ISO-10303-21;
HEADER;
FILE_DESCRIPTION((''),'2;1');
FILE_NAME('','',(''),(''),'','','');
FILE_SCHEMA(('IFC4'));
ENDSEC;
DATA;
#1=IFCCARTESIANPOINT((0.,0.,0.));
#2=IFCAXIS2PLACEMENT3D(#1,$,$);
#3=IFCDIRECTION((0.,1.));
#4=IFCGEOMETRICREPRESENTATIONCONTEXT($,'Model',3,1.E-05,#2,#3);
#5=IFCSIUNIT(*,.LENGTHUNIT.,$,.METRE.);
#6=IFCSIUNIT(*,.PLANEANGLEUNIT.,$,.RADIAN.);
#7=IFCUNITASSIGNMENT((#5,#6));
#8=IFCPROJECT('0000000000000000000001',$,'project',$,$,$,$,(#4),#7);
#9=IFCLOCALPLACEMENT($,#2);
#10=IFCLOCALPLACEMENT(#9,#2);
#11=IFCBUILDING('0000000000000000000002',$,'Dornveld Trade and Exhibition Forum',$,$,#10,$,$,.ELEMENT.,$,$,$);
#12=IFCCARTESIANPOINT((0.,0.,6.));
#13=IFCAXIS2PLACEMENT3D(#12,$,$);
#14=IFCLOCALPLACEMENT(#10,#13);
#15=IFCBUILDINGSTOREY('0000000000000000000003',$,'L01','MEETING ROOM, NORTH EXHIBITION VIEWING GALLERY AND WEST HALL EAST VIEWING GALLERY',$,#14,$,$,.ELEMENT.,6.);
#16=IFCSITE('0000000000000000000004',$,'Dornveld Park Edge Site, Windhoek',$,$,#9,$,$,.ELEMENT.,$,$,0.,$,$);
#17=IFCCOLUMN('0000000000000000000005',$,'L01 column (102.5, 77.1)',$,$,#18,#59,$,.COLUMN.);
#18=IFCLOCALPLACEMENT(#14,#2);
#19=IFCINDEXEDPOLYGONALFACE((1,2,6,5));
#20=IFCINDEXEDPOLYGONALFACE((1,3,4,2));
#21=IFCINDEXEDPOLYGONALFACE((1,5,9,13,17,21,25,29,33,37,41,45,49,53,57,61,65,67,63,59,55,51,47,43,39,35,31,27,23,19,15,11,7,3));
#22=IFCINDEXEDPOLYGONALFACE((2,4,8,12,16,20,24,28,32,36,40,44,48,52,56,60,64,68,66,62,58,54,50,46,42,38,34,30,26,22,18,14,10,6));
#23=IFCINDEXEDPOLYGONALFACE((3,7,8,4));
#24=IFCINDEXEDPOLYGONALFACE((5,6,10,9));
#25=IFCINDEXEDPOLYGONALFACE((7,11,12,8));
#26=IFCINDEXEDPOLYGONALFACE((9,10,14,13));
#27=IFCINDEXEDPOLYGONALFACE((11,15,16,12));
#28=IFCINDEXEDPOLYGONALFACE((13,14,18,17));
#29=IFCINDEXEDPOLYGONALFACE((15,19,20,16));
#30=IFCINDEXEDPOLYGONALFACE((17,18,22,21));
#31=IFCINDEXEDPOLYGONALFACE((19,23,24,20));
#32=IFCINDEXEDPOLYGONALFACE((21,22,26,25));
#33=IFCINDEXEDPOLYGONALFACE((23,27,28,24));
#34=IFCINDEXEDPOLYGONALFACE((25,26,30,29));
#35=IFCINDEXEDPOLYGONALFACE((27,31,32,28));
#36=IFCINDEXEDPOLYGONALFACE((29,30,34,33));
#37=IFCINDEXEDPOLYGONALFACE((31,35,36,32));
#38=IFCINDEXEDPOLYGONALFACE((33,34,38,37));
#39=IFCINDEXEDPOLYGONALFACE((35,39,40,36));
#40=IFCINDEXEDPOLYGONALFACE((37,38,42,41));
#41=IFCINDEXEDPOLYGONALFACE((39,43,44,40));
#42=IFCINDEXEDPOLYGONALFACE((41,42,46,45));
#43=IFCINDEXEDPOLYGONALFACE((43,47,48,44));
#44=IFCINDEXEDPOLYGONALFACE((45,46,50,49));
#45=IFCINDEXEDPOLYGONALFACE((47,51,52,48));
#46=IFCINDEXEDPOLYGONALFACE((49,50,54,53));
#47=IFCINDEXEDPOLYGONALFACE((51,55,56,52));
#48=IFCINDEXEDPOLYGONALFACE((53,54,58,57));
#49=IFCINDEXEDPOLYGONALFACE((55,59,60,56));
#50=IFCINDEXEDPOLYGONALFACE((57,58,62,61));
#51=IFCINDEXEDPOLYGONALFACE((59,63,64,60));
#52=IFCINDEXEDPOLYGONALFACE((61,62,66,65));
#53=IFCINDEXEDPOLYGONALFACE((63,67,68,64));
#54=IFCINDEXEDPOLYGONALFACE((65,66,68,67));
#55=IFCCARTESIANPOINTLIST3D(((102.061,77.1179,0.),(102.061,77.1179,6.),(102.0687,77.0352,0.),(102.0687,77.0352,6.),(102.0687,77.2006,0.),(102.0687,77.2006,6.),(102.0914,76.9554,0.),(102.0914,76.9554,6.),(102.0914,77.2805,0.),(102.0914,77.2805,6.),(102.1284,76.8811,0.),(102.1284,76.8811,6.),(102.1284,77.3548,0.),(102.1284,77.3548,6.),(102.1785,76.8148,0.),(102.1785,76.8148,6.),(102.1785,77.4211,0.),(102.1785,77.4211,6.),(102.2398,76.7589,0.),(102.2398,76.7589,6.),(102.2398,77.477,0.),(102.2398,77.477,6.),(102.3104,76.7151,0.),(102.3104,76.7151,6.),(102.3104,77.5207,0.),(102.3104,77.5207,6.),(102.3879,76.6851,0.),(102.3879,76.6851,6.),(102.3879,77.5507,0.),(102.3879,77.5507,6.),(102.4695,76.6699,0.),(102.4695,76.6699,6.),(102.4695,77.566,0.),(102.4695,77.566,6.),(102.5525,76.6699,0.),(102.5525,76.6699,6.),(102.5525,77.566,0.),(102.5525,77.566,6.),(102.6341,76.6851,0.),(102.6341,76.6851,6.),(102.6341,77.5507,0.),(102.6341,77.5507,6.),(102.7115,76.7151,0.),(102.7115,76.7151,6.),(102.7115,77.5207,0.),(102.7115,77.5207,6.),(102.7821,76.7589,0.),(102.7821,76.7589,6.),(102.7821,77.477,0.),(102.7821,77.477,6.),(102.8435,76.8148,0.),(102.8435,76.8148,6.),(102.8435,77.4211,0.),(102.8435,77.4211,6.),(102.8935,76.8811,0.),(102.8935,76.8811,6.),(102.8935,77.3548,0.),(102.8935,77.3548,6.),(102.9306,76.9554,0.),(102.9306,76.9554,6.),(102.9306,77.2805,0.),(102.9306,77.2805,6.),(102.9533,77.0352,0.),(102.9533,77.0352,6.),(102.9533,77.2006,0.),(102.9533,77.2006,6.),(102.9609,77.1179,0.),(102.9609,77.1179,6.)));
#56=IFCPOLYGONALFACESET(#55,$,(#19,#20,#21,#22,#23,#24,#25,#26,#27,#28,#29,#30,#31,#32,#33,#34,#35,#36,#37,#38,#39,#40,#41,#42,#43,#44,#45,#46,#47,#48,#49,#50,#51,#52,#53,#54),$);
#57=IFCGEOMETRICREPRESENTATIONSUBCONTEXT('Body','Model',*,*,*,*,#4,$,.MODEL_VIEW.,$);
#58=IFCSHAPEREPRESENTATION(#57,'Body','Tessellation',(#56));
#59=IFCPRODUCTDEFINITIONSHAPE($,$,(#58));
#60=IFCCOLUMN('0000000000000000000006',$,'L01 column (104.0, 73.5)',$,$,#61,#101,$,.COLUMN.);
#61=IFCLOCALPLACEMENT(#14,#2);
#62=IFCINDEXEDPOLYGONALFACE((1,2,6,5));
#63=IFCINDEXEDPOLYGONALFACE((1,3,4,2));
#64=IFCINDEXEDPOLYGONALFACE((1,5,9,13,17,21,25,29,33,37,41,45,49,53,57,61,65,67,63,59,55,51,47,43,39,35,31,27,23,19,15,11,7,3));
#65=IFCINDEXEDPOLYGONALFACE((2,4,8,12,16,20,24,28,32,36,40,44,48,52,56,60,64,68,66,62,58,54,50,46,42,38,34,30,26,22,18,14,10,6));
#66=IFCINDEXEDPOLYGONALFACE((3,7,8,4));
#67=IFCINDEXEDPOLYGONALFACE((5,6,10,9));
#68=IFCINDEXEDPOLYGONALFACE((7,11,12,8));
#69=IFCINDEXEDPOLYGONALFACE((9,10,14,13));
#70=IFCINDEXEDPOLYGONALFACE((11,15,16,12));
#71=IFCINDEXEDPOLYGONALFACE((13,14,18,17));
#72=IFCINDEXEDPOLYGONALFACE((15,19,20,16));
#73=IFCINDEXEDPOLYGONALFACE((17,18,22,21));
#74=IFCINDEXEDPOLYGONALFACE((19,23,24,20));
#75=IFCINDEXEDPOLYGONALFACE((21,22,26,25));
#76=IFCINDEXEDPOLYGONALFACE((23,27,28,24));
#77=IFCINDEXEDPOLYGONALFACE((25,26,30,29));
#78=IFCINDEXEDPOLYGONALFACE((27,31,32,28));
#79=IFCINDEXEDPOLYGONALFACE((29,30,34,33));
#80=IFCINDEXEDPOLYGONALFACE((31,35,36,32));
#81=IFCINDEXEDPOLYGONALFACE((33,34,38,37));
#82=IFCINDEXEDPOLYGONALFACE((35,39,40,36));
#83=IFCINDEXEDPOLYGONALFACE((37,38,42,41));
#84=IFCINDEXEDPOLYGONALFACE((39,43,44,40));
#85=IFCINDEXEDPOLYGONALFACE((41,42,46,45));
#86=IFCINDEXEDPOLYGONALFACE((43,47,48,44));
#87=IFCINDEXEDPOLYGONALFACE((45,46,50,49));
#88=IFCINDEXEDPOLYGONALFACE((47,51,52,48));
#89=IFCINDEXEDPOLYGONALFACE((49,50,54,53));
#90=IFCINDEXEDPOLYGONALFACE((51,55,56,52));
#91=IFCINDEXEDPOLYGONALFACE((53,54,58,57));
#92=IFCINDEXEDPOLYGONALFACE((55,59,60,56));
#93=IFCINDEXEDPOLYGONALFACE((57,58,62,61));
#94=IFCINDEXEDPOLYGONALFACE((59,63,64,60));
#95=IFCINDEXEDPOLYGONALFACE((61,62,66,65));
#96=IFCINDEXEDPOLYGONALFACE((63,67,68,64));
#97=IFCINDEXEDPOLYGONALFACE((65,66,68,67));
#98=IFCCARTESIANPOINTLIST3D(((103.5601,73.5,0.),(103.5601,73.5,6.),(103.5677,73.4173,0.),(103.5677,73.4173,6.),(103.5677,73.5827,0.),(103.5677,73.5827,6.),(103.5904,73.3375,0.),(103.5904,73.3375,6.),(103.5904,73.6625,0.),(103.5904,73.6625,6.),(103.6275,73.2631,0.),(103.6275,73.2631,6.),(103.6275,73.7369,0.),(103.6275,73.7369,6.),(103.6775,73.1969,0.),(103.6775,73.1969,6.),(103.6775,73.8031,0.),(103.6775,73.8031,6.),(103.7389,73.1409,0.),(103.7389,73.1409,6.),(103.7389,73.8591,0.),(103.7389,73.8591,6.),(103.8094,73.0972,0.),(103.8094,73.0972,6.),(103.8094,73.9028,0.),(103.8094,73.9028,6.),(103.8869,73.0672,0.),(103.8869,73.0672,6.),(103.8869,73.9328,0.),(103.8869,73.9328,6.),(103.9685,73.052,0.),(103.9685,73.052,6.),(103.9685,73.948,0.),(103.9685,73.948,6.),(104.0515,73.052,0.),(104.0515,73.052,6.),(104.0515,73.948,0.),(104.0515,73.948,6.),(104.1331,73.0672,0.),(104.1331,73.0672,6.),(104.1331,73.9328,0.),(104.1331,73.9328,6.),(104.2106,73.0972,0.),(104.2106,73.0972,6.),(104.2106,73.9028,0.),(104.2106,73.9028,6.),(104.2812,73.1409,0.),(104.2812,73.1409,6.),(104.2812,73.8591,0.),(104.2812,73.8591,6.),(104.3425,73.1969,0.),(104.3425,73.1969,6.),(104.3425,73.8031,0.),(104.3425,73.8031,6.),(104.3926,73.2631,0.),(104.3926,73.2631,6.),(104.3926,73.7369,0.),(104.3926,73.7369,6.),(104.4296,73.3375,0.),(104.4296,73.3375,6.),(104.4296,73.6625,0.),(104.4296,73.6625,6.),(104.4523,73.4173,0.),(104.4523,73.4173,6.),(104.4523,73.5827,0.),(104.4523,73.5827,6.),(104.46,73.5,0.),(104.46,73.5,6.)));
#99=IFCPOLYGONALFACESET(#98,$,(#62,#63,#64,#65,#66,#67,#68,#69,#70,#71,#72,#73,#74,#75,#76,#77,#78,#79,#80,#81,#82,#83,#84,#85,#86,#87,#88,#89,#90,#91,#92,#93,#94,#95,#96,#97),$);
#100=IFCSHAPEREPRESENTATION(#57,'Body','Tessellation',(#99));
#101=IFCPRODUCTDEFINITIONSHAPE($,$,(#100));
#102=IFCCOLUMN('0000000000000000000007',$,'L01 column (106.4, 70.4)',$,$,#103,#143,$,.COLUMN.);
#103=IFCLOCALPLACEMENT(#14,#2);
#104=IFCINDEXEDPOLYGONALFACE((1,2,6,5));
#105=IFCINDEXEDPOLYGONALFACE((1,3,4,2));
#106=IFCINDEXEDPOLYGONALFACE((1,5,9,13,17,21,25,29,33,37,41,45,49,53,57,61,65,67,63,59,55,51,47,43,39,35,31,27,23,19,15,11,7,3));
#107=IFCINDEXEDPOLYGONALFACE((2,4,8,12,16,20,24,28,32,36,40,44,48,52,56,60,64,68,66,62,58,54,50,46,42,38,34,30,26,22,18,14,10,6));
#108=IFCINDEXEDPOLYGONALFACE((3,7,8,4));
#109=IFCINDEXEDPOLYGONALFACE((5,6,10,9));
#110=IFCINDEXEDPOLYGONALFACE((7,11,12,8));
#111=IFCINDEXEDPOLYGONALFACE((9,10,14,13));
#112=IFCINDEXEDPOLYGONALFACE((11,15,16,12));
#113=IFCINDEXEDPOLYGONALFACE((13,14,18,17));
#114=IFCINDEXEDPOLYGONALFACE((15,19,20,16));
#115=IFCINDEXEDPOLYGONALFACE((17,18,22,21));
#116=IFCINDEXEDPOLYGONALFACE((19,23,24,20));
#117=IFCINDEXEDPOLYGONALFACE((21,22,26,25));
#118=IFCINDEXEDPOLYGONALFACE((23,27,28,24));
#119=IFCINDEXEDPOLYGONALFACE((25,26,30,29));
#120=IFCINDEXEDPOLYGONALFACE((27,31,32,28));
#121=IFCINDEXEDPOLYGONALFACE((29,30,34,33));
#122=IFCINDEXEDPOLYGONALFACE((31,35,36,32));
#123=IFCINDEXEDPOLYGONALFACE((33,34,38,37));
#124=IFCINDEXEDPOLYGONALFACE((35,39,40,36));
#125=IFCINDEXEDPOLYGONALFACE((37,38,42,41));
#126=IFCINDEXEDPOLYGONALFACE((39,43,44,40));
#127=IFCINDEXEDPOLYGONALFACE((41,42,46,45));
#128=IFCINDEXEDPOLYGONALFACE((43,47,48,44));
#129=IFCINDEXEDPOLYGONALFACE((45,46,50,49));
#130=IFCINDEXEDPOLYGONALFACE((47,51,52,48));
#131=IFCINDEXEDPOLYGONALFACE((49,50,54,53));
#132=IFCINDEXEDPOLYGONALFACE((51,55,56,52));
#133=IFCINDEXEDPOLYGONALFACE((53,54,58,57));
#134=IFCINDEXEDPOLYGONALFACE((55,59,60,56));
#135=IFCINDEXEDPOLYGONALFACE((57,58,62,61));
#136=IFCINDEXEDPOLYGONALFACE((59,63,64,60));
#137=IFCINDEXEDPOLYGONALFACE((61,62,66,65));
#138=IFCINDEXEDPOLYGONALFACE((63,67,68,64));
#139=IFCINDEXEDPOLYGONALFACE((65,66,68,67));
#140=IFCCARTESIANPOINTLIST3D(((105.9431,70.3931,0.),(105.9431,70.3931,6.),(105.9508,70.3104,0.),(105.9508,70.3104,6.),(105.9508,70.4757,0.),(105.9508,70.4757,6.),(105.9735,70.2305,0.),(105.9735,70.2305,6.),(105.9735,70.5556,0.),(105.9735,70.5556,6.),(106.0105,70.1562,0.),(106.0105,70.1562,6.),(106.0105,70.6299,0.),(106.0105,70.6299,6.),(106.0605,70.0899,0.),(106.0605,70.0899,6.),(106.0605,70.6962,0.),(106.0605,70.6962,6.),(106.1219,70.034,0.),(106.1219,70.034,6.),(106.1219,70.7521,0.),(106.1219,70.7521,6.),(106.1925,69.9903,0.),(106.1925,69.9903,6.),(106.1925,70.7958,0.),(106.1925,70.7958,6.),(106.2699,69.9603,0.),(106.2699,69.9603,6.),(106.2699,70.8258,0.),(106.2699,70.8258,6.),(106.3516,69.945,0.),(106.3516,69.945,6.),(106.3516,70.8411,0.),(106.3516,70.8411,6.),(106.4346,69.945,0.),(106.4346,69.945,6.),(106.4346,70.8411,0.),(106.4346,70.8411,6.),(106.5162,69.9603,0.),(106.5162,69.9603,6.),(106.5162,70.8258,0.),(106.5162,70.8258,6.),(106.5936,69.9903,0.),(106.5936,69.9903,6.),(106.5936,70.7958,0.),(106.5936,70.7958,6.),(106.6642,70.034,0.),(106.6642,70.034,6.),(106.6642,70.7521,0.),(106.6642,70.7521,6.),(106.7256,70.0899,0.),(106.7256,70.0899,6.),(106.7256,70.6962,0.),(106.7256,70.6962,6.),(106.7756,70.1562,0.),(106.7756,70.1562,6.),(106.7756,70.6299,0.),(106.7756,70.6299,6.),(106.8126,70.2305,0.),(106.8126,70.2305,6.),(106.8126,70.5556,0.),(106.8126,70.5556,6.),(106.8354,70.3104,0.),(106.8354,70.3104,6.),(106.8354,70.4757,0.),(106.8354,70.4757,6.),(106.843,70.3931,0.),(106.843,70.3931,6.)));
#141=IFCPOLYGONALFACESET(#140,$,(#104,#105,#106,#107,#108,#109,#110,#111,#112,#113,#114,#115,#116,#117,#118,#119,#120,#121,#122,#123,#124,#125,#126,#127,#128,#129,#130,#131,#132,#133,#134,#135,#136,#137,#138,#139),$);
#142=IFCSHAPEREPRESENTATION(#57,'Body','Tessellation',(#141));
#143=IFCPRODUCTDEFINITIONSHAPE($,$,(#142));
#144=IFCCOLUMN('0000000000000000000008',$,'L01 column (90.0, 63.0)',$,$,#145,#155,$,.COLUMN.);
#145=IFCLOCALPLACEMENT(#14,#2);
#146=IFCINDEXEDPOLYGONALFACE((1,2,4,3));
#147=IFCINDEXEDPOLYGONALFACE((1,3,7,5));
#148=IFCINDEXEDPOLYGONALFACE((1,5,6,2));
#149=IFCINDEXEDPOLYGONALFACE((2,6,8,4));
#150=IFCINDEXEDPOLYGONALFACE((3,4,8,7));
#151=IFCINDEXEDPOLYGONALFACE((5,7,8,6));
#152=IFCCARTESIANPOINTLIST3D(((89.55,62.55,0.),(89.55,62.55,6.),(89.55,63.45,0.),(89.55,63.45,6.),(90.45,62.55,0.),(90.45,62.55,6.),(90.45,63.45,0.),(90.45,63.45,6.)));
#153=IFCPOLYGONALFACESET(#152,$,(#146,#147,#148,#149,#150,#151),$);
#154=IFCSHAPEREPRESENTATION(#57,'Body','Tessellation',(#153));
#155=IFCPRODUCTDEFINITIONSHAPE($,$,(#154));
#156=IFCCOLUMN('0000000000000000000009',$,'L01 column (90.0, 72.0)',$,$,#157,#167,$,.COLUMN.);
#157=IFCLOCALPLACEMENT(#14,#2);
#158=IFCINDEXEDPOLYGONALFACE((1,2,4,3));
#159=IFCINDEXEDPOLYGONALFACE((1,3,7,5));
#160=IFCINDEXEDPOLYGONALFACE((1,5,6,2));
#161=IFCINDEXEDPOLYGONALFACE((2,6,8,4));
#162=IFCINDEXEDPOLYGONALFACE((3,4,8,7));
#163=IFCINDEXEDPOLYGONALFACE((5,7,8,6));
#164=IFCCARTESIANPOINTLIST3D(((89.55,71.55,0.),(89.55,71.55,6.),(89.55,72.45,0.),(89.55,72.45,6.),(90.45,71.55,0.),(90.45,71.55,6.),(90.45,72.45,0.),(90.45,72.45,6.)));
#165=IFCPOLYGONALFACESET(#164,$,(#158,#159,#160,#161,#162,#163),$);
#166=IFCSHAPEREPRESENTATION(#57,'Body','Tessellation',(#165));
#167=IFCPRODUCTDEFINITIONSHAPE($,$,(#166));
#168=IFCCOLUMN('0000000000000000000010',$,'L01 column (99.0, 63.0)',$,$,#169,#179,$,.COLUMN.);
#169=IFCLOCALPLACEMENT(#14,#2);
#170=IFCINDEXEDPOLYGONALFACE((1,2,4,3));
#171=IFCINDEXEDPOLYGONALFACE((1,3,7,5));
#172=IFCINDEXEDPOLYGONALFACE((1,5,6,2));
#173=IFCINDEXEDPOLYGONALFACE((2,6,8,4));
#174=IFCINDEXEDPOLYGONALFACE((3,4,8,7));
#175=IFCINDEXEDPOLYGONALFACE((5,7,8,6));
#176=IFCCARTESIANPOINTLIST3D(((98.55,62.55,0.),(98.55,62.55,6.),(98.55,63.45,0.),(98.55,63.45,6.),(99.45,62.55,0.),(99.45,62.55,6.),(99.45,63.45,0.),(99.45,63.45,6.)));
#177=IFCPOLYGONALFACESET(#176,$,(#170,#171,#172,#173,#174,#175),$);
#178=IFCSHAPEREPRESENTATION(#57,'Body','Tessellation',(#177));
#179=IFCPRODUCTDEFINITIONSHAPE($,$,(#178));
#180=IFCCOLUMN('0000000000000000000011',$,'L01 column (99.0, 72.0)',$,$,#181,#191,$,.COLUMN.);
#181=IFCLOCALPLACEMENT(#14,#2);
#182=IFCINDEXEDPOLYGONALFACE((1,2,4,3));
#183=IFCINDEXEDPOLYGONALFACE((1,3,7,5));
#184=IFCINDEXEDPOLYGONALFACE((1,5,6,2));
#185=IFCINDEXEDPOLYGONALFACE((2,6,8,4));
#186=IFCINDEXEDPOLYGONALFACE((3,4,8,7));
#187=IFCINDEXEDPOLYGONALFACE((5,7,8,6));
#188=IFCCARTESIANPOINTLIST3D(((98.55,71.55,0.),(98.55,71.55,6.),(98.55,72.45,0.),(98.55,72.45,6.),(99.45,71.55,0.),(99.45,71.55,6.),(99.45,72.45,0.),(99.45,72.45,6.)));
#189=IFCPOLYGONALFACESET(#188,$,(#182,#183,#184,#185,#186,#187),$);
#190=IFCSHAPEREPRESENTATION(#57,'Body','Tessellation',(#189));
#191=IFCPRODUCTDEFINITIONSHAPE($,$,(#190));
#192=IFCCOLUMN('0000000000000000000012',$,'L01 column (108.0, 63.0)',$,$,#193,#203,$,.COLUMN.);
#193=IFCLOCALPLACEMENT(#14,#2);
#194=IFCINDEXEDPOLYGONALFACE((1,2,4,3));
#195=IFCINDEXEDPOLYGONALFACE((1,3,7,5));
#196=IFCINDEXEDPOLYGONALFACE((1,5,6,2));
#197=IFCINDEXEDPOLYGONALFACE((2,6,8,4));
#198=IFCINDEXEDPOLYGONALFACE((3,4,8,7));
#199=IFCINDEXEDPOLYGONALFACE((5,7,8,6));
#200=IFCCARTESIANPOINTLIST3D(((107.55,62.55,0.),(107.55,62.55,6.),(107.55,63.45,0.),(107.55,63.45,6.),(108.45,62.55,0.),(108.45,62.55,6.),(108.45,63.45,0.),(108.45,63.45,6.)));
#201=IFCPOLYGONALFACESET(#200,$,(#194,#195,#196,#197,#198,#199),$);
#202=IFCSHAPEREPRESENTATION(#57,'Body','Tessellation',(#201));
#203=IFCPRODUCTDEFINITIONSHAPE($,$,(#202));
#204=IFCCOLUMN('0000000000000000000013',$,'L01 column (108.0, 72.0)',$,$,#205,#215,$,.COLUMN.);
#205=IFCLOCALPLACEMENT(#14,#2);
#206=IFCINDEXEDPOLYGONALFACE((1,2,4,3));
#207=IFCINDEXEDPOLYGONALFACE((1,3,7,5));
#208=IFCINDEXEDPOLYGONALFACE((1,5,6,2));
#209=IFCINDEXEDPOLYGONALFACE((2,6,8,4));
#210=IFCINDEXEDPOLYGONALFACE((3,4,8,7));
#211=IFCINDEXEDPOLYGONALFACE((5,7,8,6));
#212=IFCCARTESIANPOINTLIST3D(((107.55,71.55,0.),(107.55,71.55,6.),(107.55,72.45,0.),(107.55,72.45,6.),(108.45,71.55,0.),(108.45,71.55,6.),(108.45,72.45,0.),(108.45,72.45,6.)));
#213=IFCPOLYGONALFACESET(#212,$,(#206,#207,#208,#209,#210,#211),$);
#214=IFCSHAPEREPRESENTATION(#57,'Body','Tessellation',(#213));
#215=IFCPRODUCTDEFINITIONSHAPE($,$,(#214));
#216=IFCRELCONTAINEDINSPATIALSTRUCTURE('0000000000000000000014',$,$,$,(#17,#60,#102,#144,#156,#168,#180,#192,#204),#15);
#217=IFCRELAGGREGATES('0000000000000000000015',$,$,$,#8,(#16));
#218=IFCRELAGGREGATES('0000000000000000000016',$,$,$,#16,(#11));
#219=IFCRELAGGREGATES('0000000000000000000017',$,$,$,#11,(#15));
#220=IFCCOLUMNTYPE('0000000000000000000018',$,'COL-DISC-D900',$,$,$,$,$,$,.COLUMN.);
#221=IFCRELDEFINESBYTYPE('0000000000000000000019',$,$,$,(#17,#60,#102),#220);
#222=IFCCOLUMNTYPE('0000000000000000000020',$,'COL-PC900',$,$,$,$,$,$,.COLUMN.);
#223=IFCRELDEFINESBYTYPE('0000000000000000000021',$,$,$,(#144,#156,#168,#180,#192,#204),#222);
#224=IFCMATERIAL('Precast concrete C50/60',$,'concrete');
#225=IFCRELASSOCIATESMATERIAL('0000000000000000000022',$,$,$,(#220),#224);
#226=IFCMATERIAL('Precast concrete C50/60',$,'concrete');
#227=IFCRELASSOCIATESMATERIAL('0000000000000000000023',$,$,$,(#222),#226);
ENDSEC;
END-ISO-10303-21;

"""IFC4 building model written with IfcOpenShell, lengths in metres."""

from ifc_helpers import new_model, si_unit, direction, frame, origin, origin_2d, place, context, subcontext, project, spatial, rectangle, circle, extrude, material, material_profile, profile_set, type_object, element, save


model = new_model("IFC4")

# Units and contexts
model_context = context("Model", 3, precision=1e-05, world=origin(), true_north=direction((0.0, 1.0)))
body_context = subcontext(model_context, "Body", "Model", "MODEL_VIEW")
ifc_project = project(units=[si_unit("LENGTHUNIT", "METRE"), si_unit("PLANEANGLEUNIT", "RADIAN")], contexts=[model_context])

# Site, building, storey
site_placement = place(None, origin())
site = spatial("IfcSite", under=ifc_project, at=site_placement, Name="Dornveld Park Edge Site, Windhoek", CompositionType="ELEMENT", RefElevation=0.0)
building_placement = place(site_placement, origin())
building = spatial("IfcBuilding", under=site, at=building_placement, Name="Dornveld Trade and Exhibition Forum", CompositionType="ELEMENT")
storey_placement = place(building_placement, frame((0.0, 0.0, 6.0)))
storey = spatial("IfcBuildingStorey", under=building, at=storey_placement, Name="L01", Description="MEETING ROOM, NORTH EXHIBITION VIEWING GALLERY AND WEST HALL EAST VIEWING GALLERY", CompositionType="ELEMENT", Elevation=6.0)

# Columns
ifc_material_1 = material(Name="Precast concrete C50/60", Category="concrete")
ifc_material_profile_1 = material_profile(ifc_material_1, circle(Radius=0.45, at=origin_2d()), Name="PC-COL D900")
ifc_profile_set_1 = profile_set([ifc_material_profile_1], Name="Precast concrete C50/60")
column_type_1 = type_object("IfcColumnType", Name="COL-DISC-D900", PredefinedType="COLUMN", material=ifc_profile_set_1)
for number, where, z_axis, x_axis, name in (
    (1, (102.511, 77.1179, 0.0), (0.0, 0.0, 1.0), (1.0, 0.0, 0.0), "L01 column (102.5, 77.1)"),
    (2, (104.01, 73.5, 0.0), (0.0, 0.0, 1.0), (1.0, 0.0, 0.0), "L01 column (104.0, 73.5)"),
    (3, (106.3931, 70.3931, 0.0), (0.0, 0.0, 1.0), (1.0, 0.0, 0.0), "L01 column (106.4, 70.4)"),
):
    element("IfcColumn", number, at=place(storey_placement, frame(where, z_axis=z_axis, x_axis=x_axis)), inside=storey, type_object=column_type_1, Name=name, PredefinedType="COLUMN", context=body_context, shape_type="SweptSolid", body=[
        extrude(circle(Radius=0.45, at=origin_2d()), origin(), (0.0, 0.0, 1.0), 6.0),
    ])
ifc_material_2 = material(Name="Precast concrete C50/60", Category="concrete")
ifc_material_profile_2 = material_profile(ifc_material_2, rectangle(XDim=0.8999, YDim=0.8999, at=origin_2d()), Name="PC-COL 900x900")
ifc_profile_set_2 = profile_set([ifc_material_profile_2], Name="Precast concrete C50/60")
column_type_2 = type_object("IfcColumnType", Name="COL-PC900", PredefinedType="COLUMN", material=ifc_profile_set_2)
for number, where, z_axis, x_axis, name in (
    (4, (90.0, 63.0, 0.0), (0.0, 0.0, 1.0), (1.0, 0.0, 0.0), "L01 column (90.0, 63.0)"),
    (5, (90.0, 72.0, 0.0), (0.0, 0.0, 1.0), (1.0, 0.0, 0.0), "L01 column (90.0, 72.0)"),
    (6, (99.0, 63.0, 0.0), (0.0, 0.0, 1.0), (1.0, 0.0, 0.0), "L01 column (99.0, 63.0)"),
    (7, (99.0, 72.0, 0.0), (0.0, 0.0, 1.0), (1.0, 0.0, 0.0), "L01 column (99.0, 72.0)"),
    (8, (108.0, 63.0, 0.0), (0.0, 0.0, 1.0), (1.0, 0.0, 0.0), "L01 column (108.0, 63.0)"),
    (9, (108.0, 72.0, 0.0), (0.0, 0.0, 1.0), (1.0, 0.0, 0.0), "L01 column (108.0, 72.0)"),
):
    element("IfcColumn", number, at=place(storey_placement, frame(where, z_axis=z_axis, x_axis=x_axis)), inside=storey, type_object=column_type_2, Name=name, PredefinedType="COLUMN", context=body_context, shape_type="SweptSolid", body=[
        extrude(rectangle(XDim=0.8999, YDim=0.8999, at=origin_2d()), origin(), (0.0, 0.0, 1.0), 6.0),
    ])

save(model, "model.ifc")
